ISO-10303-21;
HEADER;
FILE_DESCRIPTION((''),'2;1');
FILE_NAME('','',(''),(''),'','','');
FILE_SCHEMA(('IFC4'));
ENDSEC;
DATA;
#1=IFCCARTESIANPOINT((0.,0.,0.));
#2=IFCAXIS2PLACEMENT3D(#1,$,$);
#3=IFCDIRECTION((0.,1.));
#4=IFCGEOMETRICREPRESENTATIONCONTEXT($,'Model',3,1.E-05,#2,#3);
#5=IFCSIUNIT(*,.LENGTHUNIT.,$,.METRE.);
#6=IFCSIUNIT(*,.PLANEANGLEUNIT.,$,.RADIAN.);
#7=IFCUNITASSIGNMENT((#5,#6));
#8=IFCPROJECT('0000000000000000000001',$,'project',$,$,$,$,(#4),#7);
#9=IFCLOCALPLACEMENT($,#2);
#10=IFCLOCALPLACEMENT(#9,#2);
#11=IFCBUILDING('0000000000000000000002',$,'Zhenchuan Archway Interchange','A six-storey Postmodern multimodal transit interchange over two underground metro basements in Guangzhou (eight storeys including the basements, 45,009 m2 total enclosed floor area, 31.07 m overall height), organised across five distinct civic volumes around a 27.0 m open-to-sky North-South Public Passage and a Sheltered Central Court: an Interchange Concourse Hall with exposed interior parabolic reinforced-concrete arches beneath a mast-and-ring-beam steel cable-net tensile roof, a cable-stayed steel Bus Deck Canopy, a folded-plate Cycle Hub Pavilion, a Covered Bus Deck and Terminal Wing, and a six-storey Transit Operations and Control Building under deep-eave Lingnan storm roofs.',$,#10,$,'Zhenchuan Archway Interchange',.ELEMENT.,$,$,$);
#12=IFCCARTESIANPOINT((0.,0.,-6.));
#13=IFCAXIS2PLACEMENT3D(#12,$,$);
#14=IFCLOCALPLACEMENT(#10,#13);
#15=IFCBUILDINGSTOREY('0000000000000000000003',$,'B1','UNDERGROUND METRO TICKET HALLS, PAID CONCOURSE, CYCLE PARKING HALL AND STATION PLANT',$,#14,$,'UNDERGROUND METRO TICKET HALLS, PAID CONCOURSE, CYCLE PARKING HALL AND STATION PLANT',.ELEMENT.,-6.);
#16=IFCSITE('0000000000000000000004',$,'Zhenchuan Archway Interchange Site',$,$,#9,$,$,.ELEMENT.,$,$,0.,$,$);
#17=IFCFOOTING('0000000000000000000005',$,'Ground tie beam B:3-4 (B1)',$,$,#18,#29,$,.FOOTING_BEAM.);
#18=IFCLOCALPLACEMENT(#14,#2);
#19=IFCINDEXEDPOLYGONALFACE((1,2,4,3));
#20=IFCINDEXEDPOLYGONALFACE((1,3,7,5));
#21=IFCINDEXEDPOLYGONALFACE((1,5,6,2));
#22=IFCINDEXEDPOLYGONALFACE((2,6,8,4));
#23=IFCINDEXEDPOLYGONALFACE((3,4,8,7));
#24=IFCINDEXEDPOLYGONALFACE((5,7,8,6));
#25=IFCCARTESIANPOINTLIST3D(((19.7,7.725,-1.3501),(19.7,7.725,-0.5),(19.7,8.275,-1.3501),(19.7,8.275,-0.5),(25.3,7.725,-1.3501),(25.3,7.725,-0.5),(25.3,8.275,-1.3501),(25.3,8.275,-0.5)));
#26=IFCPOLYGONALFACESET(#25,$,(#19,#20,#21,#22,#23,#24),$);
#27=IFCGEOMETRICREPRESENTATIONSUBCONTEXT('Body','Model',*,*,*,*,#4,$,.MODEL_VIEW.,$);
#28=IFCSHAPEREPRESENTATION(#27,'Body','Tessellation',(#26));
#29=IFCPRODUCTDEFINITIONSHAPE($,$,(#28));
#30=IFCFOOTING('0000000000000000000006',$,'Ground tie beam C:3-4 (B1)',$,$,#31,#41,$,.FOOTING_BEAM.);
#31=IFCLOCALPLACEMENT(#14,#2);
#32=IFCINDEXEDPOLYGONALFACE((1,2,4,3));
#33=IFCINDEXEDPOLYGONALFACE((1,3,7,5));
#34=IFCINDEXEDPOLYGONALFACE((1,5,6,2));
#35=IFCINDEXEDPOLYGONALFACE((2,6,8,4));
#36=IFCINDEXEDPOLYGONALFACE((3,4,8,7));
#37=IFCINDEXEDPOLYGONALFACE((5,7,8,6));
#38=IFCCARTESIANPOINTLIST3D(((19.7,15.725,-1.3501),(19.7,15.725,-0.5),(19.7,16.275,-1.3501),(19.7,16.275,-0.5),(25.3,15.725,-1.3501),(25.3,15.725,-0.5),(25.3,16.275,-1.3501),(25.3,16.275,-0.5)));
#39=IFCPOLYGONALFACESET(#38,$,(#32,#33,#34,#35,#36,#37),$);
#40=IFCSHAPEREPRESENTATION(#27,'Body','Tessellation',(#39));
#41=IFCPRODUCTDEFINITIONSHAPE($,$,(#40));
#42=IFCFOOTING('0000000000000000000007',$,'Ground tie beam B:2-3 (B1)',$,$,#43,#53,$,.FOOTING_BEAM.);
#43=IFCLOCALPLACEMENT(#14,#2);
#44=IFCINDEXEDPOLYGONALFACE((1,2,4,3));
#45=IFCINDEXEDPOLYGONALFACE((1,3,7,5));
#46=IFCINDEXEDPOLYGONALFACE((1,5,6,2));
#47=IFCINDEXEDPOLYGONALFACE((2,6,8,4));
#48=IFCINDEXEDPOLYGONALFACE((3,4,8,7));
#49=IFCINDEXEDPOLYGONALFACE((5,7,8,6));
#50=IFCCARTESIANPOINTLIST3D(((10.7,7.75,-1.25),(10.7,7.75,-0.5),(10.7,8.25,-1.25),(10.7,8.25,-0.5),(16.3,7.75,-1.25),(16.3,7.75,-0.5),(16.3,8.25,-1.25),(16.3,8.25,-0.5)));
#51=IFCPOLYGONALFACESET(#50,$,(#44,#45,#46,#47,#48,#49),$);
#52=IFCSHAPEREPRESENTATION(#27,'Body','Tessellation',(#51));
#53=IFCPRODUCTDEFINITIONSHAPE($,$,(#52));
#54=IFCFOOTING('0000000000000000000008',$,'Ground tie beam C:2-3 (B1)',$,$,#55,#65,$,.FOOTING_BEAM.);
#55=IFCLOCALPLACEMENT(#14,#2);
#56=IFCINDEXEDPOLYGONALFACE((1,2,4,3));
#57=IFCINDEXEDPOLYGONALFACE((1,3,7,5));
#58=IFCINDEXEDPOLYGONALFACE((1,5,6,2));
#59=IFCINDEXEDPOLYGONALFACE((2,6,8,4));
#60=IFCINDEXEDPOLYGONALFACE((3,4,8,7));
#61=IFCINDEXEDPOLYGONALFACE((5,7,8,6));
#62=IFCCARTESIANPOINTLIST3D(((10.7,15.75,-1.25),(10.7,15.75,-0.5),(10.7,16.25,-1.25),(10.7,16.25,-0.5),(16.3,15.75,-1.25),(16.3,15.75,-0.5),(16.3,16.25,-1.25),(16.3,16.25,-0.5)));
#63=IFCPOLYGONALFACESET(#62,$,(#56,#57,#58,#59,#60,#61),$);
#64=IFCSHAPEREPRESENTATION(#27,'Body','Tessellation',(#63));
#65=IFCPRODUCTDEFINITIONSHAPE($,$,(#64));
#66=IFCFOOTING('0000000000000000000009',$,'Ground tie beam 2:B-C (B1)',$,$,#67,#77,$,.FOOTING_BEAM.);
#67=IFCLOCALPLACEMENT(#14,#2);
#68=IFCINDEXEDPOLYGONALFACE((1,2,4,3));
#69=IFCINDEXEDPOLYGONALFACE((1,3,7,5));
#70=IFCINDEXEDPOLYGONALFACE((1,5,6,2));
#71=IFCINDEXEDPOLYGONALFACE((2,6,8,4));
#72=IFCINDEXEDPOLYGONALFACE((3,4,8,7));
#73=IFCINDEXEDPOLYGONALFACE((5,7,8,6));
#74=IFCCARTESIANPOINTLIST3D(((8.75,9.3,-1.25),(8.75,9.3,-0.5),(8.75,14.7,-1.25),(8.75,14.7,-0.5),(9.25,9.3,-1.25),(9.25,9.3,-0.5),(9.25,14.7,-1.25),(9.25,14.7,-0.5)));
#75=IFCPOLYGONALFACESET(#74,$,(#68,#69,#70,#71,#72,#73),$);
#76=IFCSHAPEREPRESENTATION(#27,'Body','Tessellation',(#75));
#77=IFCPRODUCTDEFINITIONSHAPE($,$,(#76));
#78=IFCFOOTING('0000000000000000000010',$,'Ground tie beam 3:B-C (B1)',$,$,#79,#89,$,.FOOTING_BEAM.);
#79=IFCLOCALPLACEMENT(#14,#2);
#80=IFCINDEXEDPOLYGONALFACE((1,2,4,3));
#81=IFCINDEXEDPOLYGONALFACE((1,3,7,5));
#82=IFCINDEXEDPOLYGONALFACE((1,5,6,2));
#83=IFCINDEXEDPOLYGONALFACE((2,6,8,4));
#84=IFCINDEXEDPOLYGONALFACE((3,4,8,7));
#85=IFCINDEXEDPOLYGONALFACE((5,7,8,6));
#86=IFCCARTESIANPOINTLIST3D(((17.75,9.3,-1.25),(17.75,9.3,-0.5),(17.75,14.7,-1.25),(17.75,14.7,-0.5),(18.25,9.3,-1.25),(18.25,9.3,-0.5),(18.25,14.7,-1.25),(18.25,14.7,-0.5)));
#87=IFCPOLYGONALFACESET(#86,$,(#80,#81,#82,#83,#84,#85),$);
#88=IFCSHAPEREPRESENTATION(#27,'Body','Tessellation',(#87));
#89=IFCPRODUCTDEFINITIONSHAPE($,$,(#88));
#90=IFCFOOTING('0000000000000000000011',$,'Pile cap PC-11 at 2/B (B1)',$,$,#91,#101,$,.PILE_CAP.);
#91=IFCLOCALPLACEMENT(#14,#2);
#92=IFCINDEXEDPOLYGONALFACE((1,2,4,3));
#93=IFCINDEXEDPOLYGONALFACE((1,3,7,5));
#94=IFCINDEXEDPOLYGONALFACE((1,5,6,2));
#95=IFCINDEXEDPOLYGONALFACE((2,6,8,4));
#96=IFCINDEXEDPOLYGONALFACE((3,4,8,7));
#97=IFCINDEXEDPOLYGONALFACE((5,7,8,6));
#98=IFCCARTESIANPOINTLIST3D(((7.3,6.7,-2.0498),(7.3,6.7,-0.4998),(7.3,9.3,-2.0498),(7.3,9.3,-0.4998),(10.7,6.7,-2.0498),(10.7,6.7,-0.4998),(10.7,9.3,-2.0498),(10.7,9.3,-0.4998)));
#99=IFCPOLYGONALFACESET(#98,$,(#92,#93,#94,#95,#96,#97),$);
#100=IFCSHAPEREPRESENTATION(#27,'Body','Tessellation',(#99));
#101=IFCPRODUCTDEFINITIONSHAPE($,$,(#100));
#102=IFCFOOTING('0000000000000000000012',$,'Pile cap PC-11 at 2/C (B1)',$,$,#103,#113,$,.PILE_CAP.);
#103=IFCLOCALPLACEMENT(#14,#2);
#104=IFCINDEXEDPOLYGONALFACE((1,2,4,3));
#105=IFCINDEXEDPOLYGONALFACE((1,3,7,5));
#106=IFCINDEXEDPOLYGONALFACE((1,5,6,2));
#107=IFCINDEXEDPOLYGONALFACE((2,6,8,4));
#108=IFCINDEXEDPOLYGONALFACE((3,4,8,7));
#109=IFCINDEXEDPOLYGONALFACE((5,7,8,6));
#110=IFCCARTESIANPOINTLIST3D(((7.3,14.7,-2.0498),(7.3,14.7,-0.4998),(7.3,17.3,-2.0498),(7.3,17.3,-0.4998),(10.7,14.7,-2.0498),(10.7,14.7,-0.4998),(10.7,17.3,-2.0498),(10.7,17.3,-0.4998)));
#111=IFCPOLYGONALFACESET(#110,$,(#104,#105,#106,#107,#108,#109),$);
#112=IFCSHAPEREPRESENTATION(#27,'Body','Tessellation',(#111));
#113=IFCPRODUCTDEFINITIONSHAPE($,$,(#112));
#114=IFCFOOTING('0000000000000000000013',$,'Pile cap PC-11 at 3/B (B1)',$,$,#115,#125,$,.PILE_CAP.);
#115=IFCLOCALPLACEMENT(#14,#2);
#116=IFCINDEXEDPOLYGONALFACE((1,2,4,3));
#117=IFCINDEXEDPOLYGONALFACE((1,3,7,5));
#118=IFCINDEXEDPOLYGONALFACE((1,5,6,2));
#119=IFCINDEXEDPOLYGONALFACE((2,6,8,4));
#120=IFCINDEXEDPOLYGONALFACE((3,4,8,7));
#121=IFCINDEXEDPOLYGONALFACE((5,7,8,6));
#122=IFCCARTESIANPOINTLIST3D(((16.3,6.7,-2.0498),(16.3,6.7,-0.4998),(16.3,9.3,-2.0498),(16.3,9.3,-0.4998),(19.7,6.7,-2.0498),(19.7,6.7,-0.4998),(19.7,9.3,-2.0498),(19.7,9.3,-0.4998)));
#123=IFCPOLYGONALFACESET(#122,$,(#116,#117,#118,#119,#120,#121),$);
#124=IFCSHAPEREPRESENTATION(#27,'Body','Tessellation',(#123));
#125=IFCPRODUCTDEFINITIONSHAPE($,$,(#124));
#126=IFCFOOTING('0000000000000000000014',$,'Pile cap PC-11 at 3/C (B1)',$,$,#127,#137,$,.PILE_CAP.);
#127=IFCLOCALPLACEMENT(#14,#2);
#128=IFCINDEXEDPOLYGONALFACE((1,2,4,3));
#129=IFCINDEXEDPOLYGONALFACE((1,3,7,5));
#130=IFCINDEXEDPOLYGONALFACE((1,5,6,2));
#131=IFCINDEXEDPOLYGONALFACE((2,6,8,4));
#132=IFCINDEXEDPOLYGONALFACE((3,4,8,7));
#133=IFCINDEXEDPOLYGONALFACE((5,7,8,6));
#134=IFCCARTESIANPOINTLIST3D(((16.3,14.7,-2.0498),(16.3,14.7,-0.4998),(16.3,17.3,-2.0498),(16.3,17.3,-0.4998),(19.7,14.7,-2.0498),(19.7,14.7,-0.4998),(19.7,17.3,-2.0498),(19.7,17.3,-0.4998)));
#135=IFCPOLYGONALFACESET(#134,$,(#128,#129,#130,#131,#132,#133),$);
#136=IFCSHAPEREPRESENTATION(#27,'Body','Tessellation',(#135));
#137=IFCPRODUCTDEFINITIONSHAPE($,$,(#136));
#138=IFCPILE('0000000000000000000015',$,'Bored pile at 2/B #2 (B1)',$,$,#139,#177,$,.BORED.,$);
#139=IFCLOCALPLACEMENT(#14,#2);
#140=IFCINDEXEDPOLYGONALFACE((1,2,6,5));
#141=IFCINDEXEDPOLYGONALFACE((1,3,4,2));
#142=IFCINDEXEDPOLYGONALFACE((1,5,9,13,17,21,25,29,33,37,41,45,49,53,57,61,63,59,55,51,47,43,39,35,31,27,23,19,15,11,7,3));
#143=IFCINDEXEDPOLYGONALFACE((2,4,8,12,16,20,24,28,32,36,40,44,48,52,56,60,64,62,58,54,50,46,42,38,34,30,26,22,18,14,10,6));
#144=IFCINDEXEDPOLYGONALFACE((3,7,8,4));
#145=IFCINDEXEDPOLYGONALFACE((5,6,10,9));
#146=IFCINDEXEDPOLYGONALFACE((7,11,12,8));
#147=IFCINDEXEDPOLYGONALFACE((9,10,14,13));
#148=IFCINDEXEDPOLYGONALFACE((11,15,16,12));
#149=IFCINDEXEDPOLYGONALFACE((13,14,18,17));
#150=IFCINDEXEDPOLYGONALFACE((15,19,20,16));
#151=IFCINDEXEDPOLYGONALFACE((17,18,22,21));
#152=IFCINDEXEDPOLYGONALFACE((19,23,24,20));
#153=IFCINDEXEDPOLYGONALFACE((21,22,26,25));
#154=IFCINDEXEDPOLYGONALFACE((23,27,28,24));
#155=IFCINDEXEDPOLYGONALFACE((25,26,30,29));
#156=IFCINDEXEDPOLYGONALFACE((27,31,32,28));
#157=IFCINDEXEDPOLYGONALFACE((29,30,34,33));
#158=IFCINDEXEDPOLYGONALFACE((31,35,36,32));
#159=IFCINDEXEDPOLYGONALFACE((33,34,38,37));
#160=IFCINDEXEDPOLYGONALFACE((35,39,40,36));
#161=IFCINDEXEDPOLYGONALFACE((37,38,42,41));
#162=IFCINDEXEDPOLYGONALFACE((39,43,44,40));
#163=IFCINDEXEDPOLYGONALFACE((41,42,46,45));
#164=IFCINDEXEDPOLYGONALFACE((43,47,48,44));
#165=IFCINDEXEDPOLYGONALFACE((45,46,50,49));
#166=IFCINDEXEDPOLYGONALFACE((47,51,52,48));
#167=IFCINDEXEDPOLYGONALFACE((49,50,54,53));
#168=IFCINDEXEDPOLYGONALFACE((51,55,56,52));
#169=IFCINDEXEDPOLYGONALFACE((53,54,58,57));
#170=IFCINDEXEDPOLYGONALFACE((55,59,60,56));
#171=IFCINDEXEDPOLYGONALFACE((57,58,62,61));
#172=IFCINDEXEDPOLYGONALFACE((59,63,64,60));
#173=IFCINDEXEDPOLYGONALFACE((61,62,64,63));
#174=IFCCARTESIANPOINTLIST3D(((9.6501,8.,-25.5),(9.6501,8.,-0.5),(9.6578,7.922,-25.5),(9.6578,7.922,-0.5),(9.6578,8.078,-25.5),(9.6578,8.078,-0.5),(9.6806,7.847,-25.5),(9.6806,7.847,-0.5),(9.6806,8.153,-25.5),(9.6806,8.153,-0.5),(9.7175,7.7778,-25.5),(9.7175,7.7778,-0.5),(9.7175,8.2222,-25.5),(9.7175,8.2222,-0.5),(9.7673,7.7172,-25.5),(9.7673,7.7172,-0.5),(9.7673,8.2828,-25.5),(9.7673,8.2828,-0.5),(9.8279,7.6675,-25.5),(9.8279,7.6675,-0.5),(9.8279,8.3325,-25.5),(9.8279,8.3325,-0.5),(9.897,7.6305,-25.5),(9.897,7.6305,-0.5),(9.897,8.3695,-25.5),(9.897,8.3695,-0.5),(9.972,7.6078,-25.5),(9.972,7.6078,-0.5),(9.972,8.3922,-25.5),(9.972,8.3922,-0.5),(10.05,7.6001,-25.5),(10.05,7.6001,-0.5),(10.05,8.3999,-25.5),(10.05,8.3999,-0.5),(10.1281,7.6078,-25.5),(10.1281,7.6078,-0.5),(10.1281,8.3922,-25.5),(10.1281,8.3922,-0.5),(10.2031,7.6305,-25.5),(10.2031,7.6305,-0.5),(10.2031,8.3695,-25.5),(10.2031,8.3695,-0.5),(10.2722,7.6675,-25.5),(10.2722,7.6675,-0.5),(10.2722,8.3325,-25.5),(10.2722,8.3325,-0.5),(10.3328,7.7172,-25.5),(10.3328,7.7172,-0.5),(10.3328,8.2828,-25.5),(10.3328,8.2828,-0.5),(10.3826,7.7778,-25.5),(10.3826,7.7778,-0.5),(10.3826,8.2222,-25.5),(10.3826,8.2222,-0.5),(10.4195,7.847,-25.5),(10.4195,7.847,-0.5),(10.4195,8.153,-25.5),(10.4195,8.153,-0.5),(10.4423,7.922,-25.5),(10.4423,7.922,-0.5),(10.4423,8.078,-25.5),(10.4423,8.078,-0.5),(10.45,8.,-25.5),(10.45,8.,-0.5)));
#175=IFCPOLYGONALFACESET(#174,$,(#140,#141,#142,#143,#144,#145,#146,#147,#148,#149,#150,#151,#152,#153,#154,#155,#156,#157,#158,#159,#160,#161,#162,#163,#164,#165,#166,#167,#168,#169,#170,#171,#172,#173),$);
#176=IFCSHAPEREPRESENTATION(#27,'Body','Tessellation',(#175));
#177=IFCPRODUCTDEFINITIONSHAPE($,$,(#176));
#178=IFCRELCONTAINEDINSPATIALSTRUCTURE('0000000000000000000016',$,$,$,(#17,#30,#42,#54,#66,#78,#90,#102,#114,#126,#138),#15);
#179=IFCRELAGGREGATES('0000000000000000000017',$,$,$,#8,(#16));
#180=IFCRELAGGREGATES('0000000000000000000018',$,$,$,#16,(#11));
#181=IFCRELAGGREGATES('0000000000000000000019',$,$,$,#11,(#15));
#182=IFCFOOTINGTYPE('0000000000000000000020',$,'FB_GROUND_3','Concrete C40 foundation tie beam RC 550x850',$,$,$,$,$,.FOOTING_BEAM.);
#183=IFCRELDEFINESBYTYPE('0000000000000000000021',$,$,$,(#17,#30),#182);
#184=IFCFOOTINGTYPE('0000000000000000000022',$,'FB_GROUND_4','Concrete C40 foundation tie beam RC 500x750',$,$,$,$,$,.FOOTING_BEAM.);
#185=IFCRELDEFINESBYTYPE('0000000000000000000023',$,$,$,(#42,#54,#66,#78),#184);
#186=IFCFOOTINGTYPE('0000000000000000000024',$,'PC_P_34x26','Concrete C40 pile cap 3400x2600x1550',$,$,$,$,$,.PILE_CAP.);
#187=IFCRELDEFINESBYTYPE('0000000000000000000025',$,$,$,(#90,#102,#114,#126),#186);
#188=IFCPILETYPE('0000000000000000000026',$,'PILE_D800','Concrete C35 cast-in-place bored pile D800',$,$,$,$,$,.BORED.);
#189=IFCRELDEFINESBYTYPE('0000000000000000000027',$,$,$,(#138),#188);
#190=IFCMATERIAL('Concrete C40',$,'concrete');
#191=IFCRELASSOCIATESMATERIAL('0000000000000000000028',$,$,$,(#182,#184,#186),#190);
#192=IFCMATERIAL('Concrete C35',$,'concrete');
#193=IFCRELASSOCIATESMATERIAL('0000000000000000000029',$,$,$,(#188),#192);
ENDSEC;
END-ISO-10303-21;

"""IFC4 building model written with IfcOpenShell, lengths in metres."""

from ifc_helpers import new_model, si_unit, direction, frame, origin, origin_2d, place, context, subcontext, project, spatial, rectangle, circle, extrude, material, material_profile, profile_set, type_object, element, save


model = new_model("IFC4")

# Units and contexts
model_context = context("Model", 3, precision=1e-05, world=origin(), true_north=direction((0.0, 1.0)))
body_context = subcontext(model_context, "Body", "Model", "MODEL_VIEW")
ifc_project = project(units=[si_unit("LENGTHUNIT", "METRE"), si_unit("PLANEANGLEUNIT", "RADIAN")], contexts=[model_context])

# Site, building, storey
site_placement = place(None, origin())
site = spatial("IfcSite", under=ifc_project, at=site_placement, Name="Zhenchuan Archway Interchange Site", CompositionType="ELEMENT", RefElevation=0.0)
building_placement = place(site_placement, origin())
building = spatial("IfcBuilding", under=site, at=building_placement, Name="Zhenchuan Archway Interchange", Description="A six-storey Postmodern multimodal transit interchange over two underground metro basements in Guangzhou (eight storeys including the basements, 45,009 m2 total enclosed floor area, 31.07 m overall height), organised across five distinct civic volumes around a 27.0 m open-to-sky North-South Public Passage and a Sheltered Central Court: an Interchange Concourse Hall with exposed interior parabolic reinforced-concrete arches beneath a mast-and-ring-beam steel cable-net tensile roof, a cable-stayed steel Bus Deck Canopy, a folded-plate Cycle Hub Pavilion, a Covered Bus Deck and Terminal Wing, and a six-storey Transit Operations and Control Building under deep-eave Lingnan storm roofs.", LongName="Zhenchuan Archway Interchange", CompositionType="ELEMENT")
storey_placement = place(building_placement, frame((0.0, 0.0, -6.0)))
storey = spatial("IfcBuildingStorey", under=building, at=storey_placement, Name="B1", Description="UNDERGROUND METRO TICKET HALLS, PAID CONCOURSE, CYCLE PARKING HALL AND STATION PLANT", LongName="UNDERGROUND METRO TICKET HALLS, PAID CONCOURSE, CYCLE PARKING HALL AND STATION PLANT", CompositionType="ELEMENT", Elevation=-6.0)

# Footings
ifc_material_1 = material(Name="Concrete C40", Category="concrete")
ifc_material_profile_1 = material_profile(ifc_material_1, rectangle(XDim=0.55, YDim=0.8501, at=origin_2d()), Name="RC 550x850")
ifc_profile_set_1 = profile_set([ifc_material_profile_1], Name="Concrete C40")
footing_type_1 = type_object("IfcFootingType", Name="FB_GROUND_3", Description="Concrete C40 foundation tie beam RC 550x850", PredefinedType="FOOTING_BEAM", material=ifc_profile_set_1)
for number, where, z_axis, x_axis, name in (
    (1, (19.7, 8.0, -0.925), (1.0, 0.0, 0.0), (0.0, 1.0, 0.0), "Ground tie beam B:3-4 (B1)"),
    (2, (19.7, 16.0, -0.925), (1.0, 0.0, 0.0), (0.0, 1.0, 0.0), "Ground tie beam C:3-4 (B1)"),
):
    element("IfcFooting", number, at=place(storey_placement, frame(where, z_axis=z_axis, x_axis=x_axis)), inside=storey, type_object=footing_type_1, Name=name, PredefinedType="FOOTING_BEAM", context=body_context, shape_type="SweptSolid", body=[
        extrude(rectangle(XDim=0.55, YDim=0.8501, at=origin_2d()), origin(), (0.0, 0.0, 1.0), 5.6001),
    ])
ifc_material_profile_2 = material_profile(ifc_material_1, rectangle(XDim=0.5, YDim=0.75, at=origin_2d()), Name="RC 500x750")
ifc_profile_set_2 = profile_set([ifc_material_profile_2], Name="Concrete C40")
footing_type_2 = type_object("IfcFootingType", Name="FB_GROUND_4", Description="Concrete C40 foundation tie beam RC 500x750", PredefinedType="FOOTING_BEAM", material=ifc_profile_set_2)
for number, where, z_axis, x_axis, name in (
    (3, (10.7, 8.0, -0.875), (1.0, 0.0, 0.0), (0.0, 1.0, 0.0), "Ground tie beam B:2-3 (B1)"),
    (4, (10.7, 16.0, -0.875), (1.0, 0.0, 0.0), (0.0, 1.0, 0.0), "Ground tie beam C:2-3 (B1)"),
):
    element("IfcFooting", number, at=place(storey_placement, frame(where, z_axis=z_axis, x_axis=x_axis)), inside=storey, type_object=footing_type_2, Name=name, PredefinedType="FOOTING_BEAM", context=body_context, shape_type="SweptSolid", body=[
        extrude(rectangle(XDim=0.5, YDim=0.75, at=origin_2d()), origin(), (0.0, 0.0, 1.0), 5.6001),
    ])
for number, where, z_axis, x_axis, name in (
    (5, (9.0, 9.3, -0.875), (0.0, 1.0, 0.0), (-1.0, 0.0, 0.0), "Ground tie beam 2:B-C (B1)"),
    (6, (18.0, 9.3, -0.875), (0.0, 1.0, 0.0), (-1.0, 0.0, 0.0), "Ground tie beam 3:B-C (B1)"),
):
    element("IfcFooting", number, at=place(storey_placement, frame(where, z_axis=z_axis, x_axis=x_axis)), inside=storey, type_object=footing_type_2, Name=name, PredefinedType="FOOTING_BEAM", context=body_context, shape_type="SweptSolid", body=[
        extrude(rectangle(XDim=0.5, YDim=0.75, at=origin_2d()), origin(), (0.0, 0.0, 1.0), 5.3999),
    ])
footing_type_3 = type_object("IfcFootingType", Name="PC_P_34x26", Description="Concrete C40 pile cap 3400x2600x1550", PredefinedType="PILE_CAP", material=ifc_material_1)
for number, where, z_axis, x_axis, name in (
    (7, (9.0, 8.0, -2.0498), (0.0, 0.0, 1.0), (1.0, 0.0, 0.0), "Pile cap PC-11 at 2/B (B1)"),
    (8, (9.0, 16.0, -2.0498), (0.0, 0.0, 1.0), (1.0, 0.0, 0.0), "Pile cap PC-11 at 2/C (B1)"),
    (9, (18.0, 8.0, -2.0498), (0.0, 0.0, 1.0), (1.0, 0.0, 0.0), "Pile cap PC-11 at 3/B (B1)"),
    (10, (18.0, 16.0, -2.0498), (0.0, 0.0, 1.0), (1.0, 0.0, 0.0), "Pile cap PC-11 at 3/C (B1)"),
):
    element("IfcFooting", number, at=place(storey_placement, frame(where, z_axis=z_axis, x_axis=x_axis)), inside=storey, type_object=footing_type_3, Name=name, PredefinedType="PILE_CAP", context=body_context, shape_type="SweptSolid", body=[
        extrude(rectangle(XDim=3.3999, YDim=2.6001, at=origin_2d()), origin(), (0.0, 0.0, 1.0), 1.55),
    ])

# Pile
ifc_material_2 = material(Name="Concrete C35", Category="concrete")
ifc_material_profile_3 = material_profile(ifc_material_2, circle(Radius=0.3999, at=origin_2d()), Name="BORED PILE 800")
ifc_profile_set_3 = profile_set([ifc_material_profile_3], Name="Concrete C35")
pile_type = type_object("IfcPileType", Name="PILE_D800", Description="Concrete C35 cast-in-place bored pile D800", PredefinedType="BORED", material=ifc_profile_set_3)
for number, where, z_axis, x_axis, name in (
    (11, (10.05, 8.0, -0.5), (0.0, 0.0, -1.0), (1.0, 0.0, 0.0), "Bored pile at 2/B #2 (B1)"),
):
    element("IfcPile", number, at=place(storey_placement, frame(where, z_axis=z_axis, x_axis=x_axis)), inside=storey, type_object=pile_type, Name=name, PredefinedType="BORED", context=body_context, shape_type="SweptSolid", body=[
        extrude(circle(Radius=0.3999, at=origin_2d()), origin(), (0.0, 0.0, 1.0), 25.0),
    ])

save(model, "model.ifc")
